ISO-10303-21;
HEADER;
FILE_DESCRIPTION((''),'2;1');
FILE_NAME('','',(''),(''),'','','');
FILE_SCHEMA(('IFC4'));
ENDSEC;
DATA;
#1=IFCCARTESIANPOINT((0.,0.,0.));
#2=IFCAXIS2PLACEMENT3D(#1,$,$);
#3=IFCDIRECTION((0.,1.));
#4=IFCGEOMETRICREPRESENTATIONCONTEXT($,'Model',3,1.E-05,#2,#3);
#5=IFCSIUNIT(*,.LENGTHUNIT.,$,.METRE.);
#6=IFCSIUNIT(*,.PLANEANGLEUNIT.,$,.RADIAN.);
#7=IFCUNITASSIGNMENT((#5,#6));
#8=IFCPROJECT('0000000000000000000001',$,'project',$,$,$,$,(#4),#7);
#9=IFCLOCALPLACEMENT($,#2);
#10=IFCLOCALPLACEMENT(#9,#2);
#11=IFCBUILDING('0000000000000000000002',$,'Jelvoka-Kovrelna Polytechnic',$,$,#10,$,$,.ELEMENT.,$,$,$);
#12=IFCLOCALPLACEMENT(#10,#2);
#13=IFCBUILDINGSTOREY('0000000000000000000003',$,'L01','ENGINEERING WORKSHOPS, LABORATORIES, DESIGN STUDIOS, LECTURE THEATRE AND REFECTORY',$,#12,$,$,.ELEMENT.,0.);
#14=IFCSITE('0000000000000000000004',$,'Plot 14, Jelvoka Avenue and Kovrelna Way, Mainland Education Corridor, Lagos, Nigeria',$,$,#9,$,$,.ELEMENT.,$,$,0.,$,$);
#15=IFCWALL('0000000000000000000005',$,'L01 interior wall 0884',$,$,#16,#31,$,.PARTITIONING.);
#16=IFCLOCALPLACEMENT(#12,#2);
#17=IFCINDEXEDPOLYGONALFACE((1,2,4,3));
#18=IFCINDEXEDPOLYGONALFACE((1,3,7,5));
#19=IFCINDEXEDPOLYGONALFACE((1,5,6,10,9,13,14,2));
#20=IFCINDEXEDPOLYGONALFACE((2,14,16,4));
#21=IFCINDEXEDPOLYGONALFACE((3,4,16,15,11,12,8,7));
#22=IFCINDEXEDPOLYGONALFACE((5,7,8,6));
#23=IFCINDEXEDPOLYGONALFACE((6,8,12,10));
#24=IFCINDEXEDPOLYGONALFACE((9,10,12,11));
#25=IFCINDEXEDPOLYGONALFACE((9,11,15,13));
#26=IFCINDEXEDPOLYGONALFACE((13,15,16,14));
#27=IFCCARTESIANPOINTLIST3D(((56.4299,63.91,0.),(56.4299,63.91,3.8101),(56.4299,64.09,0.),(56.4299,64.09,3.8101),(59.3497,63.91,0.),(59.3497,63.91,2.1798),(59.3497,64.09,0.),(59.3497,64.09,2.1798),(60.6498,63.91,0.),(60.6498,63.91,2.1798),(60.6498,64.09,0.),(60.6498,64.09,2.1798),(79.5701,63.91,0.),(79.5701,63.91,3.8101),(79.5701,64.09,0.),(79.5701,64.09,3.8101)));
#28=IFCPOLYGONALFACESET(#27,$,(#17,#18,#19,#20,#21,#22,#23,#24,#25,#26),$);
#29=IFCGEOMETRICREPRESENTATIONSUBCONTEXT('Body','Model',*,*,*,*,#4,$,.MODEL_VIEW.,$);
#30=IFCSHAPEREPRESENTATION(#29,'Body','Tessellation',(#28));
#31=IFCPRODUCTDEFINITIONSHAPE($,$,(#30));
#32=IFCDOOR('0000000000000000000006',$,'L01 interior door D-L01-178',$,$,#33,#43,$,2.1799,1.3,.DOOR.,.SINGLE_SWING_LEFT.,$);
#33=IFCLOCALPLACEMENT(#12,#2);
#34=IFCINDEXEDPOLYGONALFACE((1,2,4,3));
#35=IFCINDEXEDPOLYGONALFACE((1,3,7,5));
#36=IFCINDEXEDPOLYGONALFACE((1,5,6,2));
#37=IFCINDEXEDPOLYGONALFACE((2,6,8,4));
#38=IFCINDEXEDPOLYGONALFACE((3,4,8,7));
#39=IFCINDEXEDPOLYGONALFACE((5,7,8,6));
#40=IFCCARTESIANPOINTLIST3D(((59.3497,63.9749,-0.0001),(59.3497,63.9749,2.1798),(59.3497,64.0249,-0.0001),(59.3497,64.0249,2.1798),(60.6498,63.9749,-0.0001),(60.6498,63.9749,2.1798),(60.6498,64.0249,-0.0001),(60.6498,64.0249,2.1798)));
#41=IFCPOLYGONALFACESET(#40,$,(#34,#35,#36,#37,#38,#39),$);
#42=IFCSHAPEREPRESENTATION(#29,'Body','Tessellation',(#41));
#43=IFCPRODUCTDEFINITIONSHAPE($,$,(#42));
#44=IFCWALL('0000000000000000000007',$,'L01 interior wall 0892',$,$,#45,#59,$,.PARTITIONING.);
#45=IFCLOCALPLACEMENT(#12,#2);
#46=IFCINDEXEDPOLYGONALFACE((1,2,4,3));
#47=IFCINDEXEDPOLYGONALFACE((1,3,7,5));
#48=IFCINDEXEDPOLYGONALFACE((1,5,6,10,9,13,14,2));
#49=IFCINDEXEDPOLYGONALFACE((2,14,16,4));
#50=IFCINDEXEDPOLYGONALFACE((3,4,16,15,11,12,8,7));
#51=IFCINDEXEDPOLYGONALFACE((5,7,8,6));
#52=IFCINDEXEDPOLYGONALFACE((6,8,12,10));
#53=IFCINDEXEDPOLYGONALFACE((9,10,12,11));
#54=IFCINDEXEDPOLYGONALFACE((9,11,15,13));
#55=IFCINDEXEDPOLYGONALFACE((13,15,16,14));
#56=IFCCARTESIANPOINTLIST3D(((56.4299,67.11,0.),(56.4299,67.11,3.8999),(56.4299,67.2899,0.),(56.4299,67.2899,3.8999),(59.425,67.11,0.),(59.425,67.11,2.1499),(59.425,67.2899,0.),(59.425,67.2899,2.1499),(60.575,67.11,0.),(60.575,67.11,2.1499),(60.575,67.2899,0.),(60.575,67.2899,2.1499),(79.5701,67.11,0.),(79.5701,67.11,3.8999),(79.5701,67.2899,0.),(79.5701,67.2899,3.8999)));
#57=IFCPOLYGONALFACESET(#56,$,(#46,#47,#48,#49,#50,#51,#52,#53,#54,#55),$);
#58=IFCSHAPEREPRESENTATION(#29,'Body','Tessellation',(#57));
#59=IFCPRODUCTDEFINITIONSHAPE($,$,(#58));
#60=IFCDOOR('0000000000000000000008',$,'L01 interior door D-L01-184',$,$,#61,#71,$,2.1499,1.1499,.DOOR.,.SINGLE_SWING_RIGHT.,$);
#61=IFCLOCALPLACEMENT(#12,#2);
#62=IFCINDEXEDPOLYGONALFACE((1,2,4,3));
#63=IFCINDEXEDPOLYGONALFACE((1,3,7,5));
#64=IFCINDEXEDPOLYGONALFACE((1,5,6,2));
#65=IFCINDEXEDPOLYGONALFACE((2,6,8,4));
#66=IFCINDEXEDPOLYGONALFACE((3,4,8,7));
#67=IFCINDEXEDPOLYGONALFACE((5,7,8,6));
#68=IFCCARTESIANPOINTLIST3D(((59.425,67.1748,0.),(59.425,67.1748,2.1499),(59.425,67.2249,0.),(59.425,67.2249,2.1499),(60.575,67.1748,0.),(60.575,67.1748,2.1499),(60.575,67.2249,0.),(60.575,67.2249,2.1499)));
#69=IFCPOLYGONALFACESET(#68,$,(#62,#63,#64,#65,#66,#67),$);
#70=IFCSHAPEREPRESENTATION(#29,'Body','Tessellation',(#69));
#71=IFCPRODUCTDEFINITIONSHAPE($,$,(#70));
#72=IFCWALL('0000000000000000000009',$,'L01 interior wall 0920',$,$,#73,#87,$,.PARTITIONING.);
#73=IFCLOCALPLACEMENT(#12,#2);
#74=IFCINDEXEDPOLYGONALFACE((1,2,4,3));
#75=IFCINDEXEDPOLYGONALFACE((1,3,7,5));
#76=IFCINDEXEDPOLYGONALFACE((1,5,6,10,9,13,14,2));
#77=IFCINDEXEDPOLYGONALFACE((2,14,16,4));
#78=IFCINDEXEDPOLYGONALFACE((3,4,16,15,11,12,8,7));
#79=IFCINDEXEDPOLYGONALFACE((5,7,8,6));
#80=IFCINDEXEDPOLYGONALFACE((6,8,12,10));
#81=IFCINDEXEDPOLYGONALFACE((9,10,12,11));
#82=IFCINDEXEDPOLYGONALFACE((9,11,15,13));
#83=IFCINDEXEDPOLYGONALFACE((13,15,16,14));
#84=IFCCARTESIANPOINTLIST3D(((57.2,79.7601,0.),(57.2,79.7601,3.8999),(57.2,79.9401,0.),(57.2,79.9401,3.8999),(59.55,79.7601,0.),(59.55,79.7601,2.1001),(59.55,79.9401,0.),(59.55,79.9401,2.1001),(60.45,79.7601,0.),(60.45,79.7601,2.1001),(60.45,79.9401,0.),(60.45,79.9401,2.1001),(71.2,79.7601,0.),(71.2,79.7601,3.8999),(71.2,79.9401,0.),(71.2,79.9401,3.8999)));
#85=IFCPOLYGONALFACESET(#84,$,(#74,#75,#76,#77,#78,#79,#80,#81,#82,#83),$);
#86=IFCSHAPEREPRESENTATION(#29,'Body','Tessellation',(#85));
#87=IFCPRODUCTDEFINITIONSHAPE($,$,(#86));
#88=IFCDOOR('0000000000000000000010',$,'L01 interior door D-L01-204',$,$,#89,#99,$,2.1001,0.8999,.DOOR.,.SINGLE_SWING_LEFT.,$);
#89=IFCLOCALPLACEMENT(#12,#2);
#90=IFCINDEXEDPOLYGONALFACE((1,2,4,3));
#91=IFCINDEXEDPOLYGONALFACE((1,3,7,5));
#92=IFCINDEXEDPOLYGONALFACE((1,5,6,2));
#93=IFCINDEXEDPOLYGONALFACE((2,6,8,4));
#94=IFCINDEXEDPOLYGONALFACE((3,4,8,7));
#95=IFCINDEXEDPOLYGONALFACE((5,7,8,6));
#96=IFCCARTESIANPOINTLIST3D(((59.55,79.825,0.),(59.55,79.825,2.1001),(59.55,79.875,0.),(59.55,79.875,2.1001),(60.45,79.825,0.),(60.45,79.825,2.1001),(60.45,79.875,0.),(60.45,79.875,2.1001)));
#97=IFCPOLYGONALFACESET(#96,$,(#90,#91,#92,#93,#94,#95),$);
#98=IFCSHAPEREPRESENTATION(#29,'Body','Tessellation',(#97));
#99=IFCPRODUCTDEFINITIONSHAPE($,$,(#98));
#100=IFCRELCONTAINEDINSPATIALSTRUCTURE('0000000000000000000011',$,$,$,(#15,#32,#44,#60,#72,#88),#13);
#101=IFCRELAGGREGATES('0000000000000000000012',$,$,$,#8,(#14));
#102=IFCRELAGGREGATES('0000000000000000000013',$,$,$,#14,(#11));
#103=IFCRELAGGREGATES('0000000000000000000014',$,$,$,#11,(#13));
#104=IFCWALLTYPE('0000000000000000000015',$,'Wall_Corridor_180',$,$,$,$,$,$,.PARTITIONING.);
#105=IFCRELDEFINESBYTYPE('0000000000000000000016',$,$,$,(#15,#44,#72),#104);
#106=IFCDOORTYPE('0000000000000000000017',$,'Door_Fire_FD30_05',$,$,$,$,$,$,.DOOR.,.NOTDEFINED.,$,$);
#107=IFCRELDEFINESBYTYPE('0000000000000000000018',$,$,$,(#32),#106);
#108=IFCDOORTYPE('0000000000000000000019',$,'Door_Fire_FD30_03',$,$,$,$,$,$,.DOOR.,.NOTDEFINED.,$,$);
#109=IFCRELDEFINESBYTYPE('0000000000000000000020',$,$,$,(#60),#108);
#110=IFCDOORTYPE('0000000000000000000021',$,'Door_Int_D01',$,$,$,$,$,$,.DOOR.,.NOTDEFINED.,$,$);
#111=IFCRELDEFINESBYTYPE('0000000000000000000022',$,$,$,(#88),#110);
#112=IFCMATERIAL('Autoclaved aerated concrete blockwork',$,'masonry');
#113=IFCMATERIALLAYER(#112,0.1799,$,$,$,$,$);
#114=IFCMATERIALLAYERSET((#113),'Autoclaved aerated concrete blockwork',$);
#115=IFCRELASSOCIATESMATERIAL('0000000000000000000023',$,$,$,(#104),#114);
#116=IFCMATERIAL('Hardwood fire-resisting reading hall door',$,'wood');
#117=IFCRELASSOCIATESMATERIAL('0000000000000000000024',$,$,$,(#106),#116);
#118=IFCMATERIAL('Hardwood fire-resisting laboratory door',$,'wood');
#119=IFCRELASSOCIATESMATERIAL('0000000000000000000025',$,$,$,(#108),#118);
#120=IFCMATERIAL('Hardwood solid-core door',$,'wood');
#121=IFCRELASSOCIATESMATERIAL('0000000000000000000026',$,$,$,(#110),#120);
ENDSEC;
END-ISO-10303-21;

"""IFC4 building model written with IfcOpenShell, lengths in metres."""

from ifc_helpers import new_model, si_unit, direction, frame, frame_2d, origin, place, context, subcontext, project, spatial, rectangle, extrude, material, layer, layer_set, type_object, element, fill, save


model = new_model("IFC4")

# Units and contexts
model_context = context("Model", 3, precision=1e-05, world=origin(), true_north=direction((0.0, 1.0)))
body_context = subcontext(model_context, "Body", "Model", "MODEL_VIEW")
ifc_project = project(units=[si_unit("LENGTHUNIT", "METRE"), si_unit("PLANEANGLEUNIT", "RADIAN")], contexts=[model_context])

# Site, building, storey
site_placement = place(None, origin())
site = spatial("IfcSite", under=ifc_project, at=site_placement, Name="Plot 14, Jelvoka Avenue and Kovrelna Way, Mainland Education Corridor, Lagos, Nigeria", CompositionType="ELEMENT", RefElevation=0.0)
building_placement = place(site_placement, origin())
building = spatial("IfcBuilding", under=site, at=building_placement, Name="Jelvoka-Kovrelna Polytechnic", CompositionType="ELEMENT")
storey_placement = place(building_placement, origin())
storey = spatial("IfcBuildingStorey", under=building, at=storey_placement, Name="L01", Description="ENGINEERING WORKSHOPS, LABORATORIES, DESIGN STUDIOS, LECTURE THEATRE AND REFECTORY", CompositionType="ELEMENT", Elevation=0.0)

# Walls, openings, doors
ifc_material_1 = material(Name="Autoclaved aerated concrete blockwork", Category="masonry")
ifc_layer_1 = layer(ifc_material_1, 0.1799)
ifc_layer_set_1 = layer_set([ifc_layer_1], Name="Autoclaved aerated concrete blockwork")
wall_type_1 = type_object("IfcWallType", Name="Wall_Corridor_180", PredefinedType="PARTITIONING", material=ifc_layer_set_1)
wall_1_placement = place(storey_placement, frame((56.4299, 64.0, 0.0), z_axis=(0.0, 0.0, 1.0), x_axis=(1.0, 0.0, 0.0)))
wall_1 = element("IfcWall", 1, at=wall_1_placement, inside=storey, type_object=wall_type_1, Name="L01 interior wall 0884", PredefinedType="PARTITIONING", context=body_context, shape_type="SweptSolid", body=[
    extrude(rectangle(XDim=23.1401, YDim=0.1799, at=frame_2d((11.5701, 0.0))), origin(), (0.0, 0.0, 1.0), 3.8101),
])
opening_1_placement = place(wall_1_placement, frame((2.9199, 0.0, 0.0)))
opening_1 = element("IfcOpeningElement", 2, at=opening_1_placement, cuts=wall_1, PredefinedType="OPENING", context=body_context, shape_type="SweptSolid", body=[
    extrude(rectangle(XDim=1.3, YDim=2.1799, at=frame_2d((0.6499, 1.0898))), frame((0.0, 0.0999, 0.0), z_axis=(0.0, -1.0, 0.0), x_axis=(1.0, 0.0, 0.0)), (0.0, 0.0, 1.0), 0.2),
])
ifc_material_2 = material(Name="Hardwood fire-resisting reading hall door", Category="wood")
door_type_1 = type_object("IfcDoorType", Name="Door_Fire_FD30_05", OperationType="NOTDEFINED", PredefinedType="DOOR", material=ifc_material_2)
door_1_placement = place(opening_1_placement, origin())
door_1 = element("IfcDoor", 3, at=door_1_placement, inside=storey, type_object=door_type_1, Name="L01 interior door D-L01-178", OperationType="SINGLE_SWING_LEFT", OverallHeight=2.1799, OverallWidth=1.3, PredefinedType="DOOR", context=body_context, shape_type="SweptSolid", body=[
    extrude(rectangle(XDim=1.3, YDim=2.1799, at=frame_2d((0.6499, 1.0898))), frame((0.0, 0.0249, 0.0), z_axis=(0.0, -1.0, 0.0), x_axis=(1.0, 0.0, 0.0)), (0.0, 0.0, 1.0), 0.05),
])
fill(opening_1, door_1)
wall_2_placement = place(storey_placement, frame((56.4299, 67.2, 0.0), z_axis=(0.0, 0.0, 1.0), x_axis=(1.0, 0.0, 0.0)))
wall_2 = element("IfcWall", 4, at=wall_2_placement, inside=storey, type_object=wall_type_1, Name="L01 interior wall 0892", PredefinedType="PARTITIONING", context=body_context, shape_type="SweptSolid", body=[
    extrude(rectangle(XDim=23.1401, YDim=0.1799, at=frame_2d((11.5701, 0.0))), origin(), (0.0, 0.0, 1.0), 3.8999),
])
opening_2_placement = place(wall_2_placement, frame((2.9951, 0.0, 0.0)))
opening_2 = element("IfcOpeningElement", 5, at=opening_2_placement, cuts=wall_2, PredefinedType="OPENING", context=body_context, shape_type="SweptSolid", body=[
    extrude(rectangle(XDim=1.1499, YDim=2.1499, at=frame_2d((0.575, 1.075))), frame((0.0, 0.0999, 0.0), z_axis=(0.0, -1.0, 0.0), x_axis=(1.0, 0.0, 0.0)), (0.0, 0.0, 1.0), 0.2),
])
ifc_material_3 = material(Name="Hardwood fire-resisting laboratory door", Category="wood")
door_type_2 = type_object("IfcDoorType", Name="Door_Fire_FD30_03", OperationType="NOTDEFINED", PredefinedType="DOOR", material=ifc_material_3)
door_2_placement = place(opening_2_placement, origin())
door_2 = element("IfcDoor", 6, at=door_2_placement, inside=storey, type_object=door_type_2, Name="L01 interior door D-L01-184", OperationType="SINGLE_SWING_RIGHT", OverallHeight=2.1499, OverallWidth=1.1499, PredefinedType="DOOR", context=body_context, shape_type="SweptSolid", body=[
    extrude(rectangle(XDim=1.1499, YDim=2.1499, at=frame_2d((0.575, 1.075))), frame((0.0, 0.0249, 0.0), z_axis=(0.0, -1.0, 0.0), x_axis=(1.0, 0.0, 0.0)), (0.0, 0.0, 1.0), 0.05),
])
fill(opening_2, door_2)
wall_3_placement = place(storey_placement, frame((57.2, 79.8501, 0.0), z_axis=(0.0, 0.0, 1.0), x_axis=(1.0, 0.0, 0.0)))
wall_3 = element("IfcWall", 7, at=wall_3_placement, inside=storey, type_object=wall_type_1, Name="L01 interior wall 0920", PredefinedType="PARTITIONING", context=body_context, shape_type="SweptSolid", body=[
    extrude(rectangle(XDim=14.0, YDim=0.1799, at=frame_2d((7.0, 0.0))), origin(), (0.0, 0.0, 1.0), 3.8999),
])
opening_3_placement = place(wall_3_placement, frame((2.3501, 0.0, 0.0)))
opening_3 = element("IfcOpeningElement", 8, at=opening_3_placement, cuts=wall_3, PredefinedType="OPENING", context=body_context, shape_type="SweptSolid", body=[
    extrude(rectangle(XDim=0.8999, YDim=2.1001, at=frame_2d((0.45, 1.05))), frame((0.0, 0.0999, 0.0), z_axis=(0.0, -1.0, 0.0), x_axis=(1.0, 0.0, 0.0)), (0.0, 0.0, 1.0), 0.2),
])
ifc_material_4 = material(Name="Hardwood solid-core door", Category="wood")
door_type_3 = type_object("IfcDoorType", Name="Door_Int_D01", OperationType="NOTDEFINED", PredefinedType="DOOR", material=ifc_material_4)
door_3_placement = place(opening_3_placement, origin())
door_3 = element("IfcDoor", 9, at=door_3_placement, inside=storey, type_object=door_type_3, Name="L01 interior door D-L01-204", OperationType="SINGLE_SWING_LEFT", OverallHeight=2.1001, OverallWidth=0.8999, PredefinedType="DOOR", context=body_context, shape_type="SweptSolid", body=[
    extrude(rectangle(XDim=0.8999, YDim=2.1001, at=frame_2d((0.45, 1.05))), frame((0.0, 0.0249, 0.0), z_axis=(0.0, -1.0, 0.0), x_axis=(1.0, 0.0, 0.0)), (0.0, 0.0, 1.0), 0.05),
])
fill(opening_3, door_3)

save(model, "model.ifc")
